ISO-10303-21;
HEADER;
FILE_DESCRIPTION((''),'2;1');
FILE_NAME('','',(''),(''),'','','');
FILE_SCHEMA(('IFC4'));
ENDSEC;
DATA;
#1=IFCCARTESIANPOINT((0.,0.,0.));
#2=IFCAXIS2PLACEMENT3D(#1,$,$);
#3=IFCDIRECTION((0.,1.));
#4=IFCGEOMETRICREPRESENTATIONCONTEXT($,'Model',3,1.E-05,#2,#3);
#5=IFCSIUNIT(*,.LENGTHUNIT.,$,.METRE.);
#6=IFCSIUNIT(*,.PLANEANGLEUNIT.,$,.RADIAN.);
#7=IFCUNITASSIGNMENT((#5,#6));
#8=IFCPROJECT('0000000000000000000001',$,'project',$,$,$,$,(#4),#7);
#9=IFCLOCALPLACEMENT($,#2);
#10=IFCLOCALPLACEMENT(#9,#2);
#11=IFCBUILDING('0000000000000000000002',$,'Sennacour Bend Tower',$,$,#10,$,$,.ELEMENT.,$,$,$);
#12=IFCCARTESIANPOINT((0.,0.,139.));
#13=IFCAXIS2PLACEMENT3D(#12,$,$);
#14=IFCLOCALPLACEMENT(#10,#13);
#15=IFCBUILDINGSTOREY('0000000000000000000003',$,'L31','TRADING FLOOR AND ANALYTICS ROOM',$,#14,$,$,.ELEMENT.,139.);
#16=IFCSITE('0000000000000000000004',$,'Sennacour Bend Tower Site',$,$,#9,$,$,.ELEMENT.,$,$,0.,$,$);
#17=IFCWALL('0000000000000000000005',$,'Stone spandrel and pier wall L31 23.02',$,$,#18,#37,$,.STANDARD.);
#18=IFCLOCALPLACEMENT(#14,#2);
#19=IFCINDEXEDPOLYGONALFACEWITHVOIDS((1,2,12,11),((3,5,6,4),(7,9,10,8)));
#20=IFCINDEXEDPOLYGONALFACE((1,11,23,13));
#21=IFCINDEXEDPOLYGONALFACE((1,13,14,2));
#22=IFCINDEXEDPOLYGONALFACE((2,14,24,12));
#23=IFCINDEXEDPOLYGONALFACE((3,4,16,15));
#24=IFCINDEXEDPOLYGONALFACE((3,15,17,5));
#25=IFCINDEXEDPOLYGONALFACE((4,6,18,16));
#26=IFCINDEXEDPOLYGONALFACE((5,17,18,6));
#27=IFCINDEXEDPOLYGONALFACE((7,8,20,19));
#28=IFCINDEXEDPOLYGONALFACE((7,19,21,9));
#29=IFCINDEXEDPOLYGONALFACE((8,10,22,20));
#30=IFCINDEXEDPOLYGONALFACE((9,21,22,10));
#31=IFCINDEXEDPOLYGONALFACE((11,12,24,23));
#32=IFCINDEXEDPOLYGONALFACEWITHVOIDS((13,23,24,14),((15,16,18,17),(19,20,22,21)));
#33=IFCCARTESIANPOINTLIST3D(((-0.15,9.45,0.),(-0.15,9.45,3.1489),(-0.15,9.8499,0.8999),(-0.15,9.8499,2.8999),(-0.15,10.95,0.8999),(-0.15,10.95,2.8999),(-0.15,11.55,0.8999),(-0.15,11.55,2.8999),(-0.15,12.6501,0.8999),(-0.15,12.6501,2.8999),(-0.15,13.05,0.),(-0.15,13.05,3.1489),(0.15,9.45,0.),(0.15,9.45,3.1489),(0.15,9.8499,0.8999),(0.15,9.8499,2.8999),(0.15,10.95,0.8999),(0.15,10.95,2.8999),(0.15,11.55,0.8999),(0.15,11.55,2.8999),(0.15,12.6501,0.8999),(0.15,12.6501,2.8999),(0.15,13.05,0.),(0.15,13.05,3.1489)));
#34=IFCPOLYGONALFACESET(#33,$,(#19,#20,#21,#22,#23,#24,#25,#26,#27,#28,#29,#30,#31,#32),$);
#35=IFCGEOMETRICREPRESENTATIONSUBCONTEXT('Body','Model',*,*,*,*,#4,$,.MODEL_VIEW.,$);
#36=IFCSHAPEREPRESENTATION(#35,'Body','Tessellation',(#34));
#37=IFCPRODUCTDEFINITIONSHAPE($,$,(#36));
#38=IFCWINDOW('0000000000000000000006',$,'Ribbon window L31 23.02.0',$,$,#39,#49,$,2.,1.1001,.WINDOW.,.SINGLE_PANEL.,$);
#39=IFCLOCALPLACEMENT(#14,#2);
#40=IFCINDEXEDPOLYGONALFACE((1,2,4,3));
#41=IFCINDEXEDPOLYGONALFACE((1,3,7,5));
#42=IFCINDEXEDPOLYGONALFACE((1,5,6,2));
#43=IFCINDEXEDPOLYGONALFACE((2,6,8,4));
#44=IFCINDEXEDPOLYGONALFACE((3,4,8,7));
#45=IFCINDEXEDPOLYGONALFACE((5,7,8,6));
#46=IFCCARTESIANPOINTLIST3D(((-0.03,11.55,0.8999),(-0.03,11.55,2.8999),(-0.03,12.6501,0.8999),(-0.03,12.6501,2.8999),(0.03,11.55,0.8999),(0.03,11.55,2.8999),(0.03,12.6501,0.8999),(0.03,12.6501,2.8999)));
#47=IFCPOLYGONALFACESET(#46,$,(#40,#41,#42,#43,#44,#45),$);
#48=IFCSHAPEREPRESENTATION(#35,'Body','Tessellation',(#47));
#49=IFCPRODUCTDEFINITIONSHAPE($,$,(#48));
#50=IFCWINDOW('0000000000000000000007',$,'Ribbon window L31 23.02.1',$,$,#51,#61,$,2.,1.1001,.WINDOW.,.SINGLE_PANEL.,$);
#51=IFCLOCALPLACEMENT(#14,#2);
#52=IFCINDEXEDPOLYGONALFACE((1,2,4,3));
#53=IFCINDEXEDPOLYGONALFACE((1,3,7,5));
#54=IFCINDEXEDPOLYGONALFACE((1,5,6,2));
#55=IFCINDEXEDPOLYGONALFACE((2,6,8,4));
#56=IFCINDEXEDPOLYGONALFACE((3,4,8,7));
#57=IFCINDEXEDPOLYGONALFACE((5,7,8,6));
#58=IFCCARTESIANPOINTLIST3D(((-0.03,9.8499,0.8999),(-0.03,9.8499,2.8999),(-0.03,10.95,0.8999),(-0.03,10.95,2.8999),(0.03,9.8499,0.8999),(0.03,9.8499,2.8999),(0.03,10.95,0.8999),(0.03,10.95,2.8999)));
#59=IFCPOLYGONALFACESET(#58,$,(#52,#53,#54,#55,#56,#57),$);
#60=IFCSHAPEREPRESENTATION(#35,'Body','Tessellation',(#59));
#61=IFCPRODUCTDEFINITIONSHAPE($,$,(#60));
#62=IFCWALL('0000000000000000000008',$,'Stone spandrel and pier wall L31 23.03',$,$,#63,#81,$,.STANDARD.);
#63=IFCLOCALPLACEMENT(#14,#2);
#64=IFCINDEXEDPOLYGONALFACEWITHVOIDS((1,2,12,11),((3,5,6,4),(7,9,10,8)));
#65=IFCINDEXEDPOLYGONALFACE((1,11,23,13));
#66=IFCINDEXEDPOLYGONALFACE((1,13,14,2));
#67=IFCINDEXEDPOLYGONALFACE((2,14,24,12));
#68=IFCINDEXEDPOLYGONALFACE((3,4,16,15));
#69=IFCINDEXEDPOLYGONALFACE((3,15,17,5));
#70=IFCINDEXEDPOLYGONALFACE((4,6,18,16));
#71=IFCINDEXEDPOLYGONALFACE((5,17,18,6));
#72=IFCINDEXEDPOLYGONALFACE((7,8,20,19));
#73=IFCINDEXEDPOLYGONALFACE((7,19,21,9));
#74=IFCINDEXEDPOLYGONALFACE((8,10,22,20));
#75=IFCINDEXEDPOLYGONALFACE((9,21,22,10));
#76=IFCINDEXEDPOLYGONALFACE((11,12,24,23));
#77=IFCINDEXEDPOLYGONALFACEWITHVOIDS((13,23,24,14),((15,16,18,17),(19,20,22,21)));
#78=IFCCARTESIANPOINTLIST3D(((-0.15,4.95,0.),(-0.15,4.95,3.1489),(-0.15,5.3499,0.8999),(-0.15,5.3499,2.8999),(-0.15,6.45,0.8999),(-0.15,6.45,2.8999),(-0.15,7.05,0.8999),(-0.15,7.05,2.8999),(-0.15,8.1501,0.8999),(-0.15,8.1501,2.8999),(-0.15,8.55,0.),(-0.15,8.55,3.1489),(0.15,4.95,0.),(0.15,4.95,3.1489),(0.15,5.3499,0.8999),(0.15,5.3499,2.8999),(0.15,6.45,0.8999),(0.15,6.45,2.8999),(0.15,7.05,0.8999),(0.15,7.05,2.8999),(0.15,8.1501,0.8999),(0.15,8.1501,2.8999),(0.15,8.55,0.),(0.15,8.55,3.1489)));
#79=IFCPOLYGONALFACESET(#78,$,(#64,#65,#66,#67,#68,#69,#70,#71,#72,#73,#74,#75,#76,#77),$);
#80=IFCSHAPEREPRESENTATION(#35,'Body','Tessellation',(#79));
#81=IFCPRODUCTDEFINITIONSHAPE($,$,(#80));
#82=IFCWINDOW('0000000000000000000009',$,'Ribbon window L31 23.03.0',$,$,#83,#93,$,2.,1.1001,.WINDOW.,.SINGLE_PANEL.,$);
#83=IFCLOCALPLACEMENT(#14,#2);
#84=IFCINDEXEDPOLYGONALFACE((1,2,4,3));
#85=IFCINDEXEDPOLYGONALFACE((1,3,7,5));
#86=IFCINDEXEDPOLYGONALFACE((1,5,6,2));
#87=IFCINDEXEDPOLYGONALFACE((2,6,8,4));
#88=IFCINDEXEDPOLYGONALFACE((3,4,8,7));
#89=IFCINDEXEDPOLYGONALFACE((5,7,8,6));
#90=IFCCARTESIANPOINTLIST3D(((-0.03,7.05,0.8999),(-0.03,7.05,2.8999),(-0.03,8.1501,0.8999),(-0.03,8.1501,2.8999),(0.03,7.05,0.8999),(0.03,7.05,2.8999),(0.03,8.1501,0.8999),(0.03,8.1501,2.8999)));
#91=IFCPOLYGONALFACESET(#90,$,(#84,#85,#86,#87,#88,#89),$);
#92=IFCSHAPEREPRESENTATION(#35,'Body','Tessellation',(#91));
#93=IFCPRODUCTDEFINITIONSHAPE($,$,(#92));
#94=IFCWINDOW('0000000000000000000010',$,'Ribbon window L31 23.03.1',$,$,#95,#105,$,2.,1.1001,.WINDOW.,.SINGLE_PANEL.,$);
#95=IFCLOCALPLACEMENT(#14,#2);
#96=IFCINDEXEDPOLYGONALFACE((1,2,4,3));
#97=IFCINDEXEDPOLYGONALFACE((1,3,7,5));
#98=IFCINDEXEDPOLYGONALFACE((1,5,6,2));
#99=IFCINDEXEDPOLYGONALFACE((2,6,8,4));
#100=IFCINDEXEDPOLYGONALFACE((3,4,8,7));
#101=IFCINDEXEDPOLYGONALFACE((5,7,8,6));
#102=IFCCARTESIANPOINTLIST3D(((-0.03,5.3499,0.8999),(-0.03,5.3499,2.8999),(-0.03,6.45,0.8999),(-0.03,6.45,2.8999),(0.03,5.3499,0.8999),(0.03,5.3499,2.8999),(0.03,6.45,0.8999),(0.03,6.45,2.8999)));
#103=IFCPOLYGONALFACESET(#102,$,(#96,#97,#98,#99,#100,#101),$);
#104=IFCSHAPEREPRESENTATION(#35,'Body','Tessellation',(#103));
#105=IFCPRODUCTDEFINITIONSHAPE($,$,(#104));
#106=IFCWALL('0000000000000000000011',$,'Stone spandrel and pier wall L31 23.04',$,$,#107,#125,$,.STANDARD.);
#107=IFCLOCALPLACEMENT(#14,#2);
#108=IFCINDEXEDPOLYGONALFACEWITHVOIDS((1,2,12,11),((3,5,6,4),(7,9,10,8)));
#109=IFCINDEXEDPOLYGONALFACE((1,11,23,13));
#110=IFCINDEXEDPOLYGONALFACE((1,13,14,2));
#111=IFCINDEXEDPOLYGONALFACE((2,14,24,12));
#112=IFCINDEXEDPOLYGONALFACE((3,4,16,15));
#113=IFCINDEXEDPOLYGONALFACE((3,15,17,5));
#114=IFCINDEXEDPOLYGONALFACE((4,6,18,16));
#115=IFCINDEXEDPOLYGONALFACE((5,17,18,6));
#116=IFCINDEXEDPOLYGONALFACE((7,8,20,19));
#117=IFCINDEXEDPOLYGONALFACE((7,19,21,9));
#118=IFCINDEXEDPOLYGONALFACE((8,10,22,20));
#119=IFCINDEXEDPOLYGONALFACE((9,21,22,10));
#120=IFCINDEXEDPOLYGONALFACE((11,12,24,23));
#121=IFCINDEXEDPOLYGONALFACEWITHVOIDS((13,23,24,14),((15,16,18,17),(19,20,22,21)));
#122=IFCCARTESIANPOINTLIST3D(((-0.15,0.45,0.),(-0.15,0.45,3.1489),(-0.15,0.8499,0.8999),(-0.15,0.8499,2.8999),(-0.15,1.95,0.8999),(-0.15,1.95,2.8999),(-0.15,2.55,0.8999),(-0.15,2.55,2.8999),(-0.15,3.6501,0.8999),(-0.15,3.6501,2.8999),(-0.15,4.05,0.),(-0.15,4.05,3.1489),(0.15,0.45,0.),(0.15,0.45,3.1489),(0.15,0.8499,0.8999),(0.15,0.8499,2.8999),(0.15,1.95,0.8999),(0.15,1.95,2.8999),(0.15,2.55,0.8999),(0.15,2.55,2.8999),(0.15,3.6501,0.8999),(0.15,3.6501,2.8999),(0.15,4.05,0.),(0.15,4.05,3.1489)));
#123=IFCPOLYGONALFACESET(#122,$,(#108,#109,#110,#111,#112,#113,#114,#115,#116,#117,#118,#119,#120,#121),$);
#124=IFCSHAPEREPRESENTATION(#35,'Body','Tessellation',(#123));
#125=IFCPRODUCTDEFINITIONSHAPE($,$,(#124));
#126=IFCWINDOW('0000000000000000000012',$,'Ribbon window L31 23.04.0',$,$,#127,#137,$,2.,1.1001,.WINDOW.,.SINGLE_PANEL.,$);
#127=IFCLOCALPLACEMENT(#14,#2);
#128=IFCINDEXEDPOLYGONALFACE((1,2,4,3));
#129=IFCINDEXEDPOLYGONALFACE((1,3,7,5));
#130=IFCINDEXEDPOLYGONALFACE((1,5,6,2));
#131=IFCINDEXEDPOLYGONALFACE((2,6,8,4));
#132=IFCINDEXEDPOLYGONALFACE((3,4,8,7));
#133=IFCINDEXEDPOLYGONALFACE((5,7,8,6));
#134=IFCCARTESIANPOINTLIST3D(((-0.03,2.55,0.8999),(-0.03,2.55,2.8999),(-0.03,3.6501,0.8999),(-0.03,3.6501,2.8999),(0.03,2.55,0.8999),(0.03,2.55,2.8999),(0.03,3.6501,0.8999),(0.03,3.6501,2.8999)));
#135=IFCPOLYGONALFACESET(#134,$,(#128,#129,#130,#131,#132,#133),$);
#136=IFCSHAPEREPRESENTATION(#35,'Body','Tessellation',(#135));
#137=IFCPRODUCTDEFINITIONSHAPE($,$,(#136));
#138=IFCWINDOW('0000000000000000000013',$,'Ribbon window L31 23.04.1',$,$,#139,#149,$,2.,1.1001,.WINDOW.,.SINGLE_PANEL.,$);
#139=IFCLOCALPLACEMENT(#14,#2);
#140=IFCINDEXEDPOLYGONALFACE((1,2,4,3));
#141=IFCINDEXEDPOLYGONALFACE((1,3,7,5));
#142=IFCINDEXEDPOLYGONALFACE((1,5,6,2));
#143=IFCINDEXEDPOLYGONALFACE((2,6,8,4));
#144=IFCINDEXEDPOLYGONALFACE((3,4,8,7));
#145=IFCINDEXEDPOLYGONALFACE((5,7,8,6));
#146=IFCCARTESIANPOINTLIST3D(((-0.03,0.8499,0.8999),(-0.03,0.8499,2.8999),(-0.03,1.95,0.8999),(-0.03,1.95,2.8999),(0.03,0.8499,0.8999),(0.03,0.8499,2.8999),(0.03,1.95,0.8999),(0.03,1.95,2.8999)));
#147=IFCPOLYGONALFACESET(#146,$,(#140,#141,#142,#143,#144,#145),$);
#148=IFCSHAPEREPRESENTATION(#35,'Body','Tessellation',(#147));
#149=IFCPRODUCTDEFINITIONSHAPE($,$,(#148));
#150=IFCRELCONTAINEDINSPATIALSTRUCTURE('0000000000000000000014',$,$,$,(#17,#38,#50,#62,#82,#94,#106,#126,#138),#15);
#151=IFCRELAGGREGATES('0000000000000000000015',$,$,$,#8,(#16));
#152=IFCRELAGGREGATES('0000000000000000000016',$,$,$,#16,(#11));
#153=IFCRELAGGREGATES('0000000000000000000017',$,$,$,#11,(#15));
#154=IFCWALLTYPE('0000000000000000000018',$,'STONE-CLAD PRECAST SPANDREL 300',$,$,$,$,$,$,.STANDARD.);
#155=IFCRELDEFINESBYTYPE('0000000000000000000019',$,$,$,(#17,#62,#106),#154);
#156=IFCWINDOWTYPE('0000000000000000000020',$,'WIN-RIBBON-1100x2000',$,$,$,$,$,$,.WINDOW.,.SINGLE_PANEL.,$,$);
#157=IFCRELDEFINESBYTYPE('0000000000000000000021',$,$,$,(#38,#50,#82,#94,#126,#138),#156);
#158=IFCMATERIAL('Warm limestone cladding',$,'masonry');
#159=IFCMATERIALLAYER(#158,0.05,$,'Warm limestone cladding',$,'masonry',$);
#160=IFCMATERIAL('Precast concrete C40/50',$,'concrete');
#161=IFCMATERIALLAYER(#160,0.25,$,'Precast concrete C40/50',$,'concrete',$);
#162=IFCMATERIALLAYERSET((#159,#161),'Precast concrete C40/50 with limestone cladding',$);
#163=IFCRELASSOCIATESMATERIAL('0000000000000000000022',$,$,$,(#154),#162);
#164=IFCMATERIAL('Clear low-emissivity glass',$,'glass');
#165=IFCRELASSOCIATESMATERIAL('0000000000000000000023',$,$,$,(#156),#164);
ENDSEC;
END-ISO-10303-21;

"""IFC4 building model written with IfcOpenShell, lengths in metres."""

from ifc_helpers import new_model, si_unit, direction, frame, frame_2d, origin, place, context, subcontext, project, spatial, rectangle, extrude, material, layer, layer_set, type_object, element, fill, save


model = new_model("IFC4")

# Units and contexts
model_context = context("Model", 3, precision=1e-05, world=origin(), true_north=direction((0.0, 1.0)))
body_context = subcontext(model_context, "Body", "Model", "MODEL_VIEW")
ifc_project = project(units=[si_unit("LENGTHUNIT", "METRE"), si_unit("PLANEANGLEUNIT", "RADIAN")], contexts=[model_context])

# Site, building, storey
site_placement = place(None, origin())
site = spatial("IfcSite", under=ifc_project, at=site_placement, Name="Sennacour Bend Tower Site", CompositionType="ELEMENT", RefElevation=0.0)
building_placement = place(site_placement, origin())
building = spatial("IfcBuilding", under=site, at=building_placement, Name="Sennacour Bend Tower", CompositionType="ELEMENT")
storey_placement = place(building_placement, frame((0.0, 0.0, 139.0)))
storey = spatial("IfcBuildingStorey", under=building, at=storey_placement, Name="L31", Description="TRADING FLOOR AND ANALYTICS ROOM", CompositionType="ELEMENT", Elevation=139.0)

# Walls, openings, windows
ifc_material_1 = material(Name="Warm limestone cladding", Category="masonry")
ifc_layer_1 = layer(ifc_material_1, 0.05, Name="Warm limestone cladding", Category="masonry")
ifc_material_2 = material(Name="Precast concrete C40/50", Category="concrete")
ifc_layer_2 = layer(ifc_material_2, 0.25, Name="Precast concrete C40/50", Category="concrete")
ifc_layer_set_1 = layer_set([ifc_layer_1, ifc_layer_2], Name="Precast concrete C40/50 with limestone cladding")
wall_type_1 = type_object("IfcWallType", Name="STONE-CLAD PRECAST SPANDREL 300", PredefinedType="STANDARD", material=ifc_layer_set_1)
wall_1_placement = place(storey_placement, frame((0.0, 13.05, 0.0), z_axis=(0.0, 0.0, 1.0), x_axis=(0.0, -1.0, 0.0)))
wall_1 = element("IfcWall", 1, at=wall_1_placement, inside=storey, type_object=wall_type_1, Name="Stone spandrel and pier wall L31 23.02", PredefinedType="STANDARD", context=body_context, shape_type="SweptSolid", body=[
    extrude(rectangle(XDim=3.6001, YDim=0.3, at=frame_2d((1.8, 0.0))), origin(), (0.0, 0.0, 1.0), 3.1489),
])
opening_1_placement = place(wall_1_placement, frame((0.3999, 0.0, 0.8999)))
opening_1 = element("IfcOpeningElement", 2, at=opening_1_placement, cuts=wall_1, PredefinedType="OPENING", context=body_context, shape_type="SweptSolid", body=[
    extrude(rectangle(XDim=1.1001, YDim=2.0, at=frame_2d((0.55, 1.0))), frame((0.0, 0.1602, 0.0), z_axis=(0.0, -1.0, 0.0), x_axis=(1.0, 0.0, 0.0)), (0.0, 0.0, 1.0), 0.3201),
])
opening_2_placement = place(wall_1_placement, frame((2.1001, 0.0, 0.8999)))
opening_2 = element("IfcOpeningElement", 3, at=opening_2_placement, cuts=wall_1, PredefinedType="OPENING", context=body_context, shape_type="SweptSolid", body=[
    extrude(rectangle(XDim=1.1001, YDim=2.0, at=frame_2d((0.55, 1.0))), frame((0.0, 0.1602, 0.0), z_axis=(0.0, -1.0, 0.0), x_axis=(1.0, 0.0, 0.0)), (0.0, 0.0, 1.0), 0.3201),
])
ifc_material_3 = material(Name="Clear low-emissivity glass", Category="glass")
window_type = type_object("IfcWindowType", Name="WIN-RIBBON-1100x2000", PartitioningType="SINGLE_PANEL", PredefinedType="WINDOW", material=ifc_material_3)
window_1_placement = place(opening_1_placement, origin())
window_1 = element("IfcWindow", 4, at=window_1_placement, inside=storey, type_object=window_type, Name="Ribbon window L31 23.02.0", OverallHeight=2.0, OverallWidth=1.1001, PartitioningType="SINGLE_PANEL", PredefinedType="WINDOW", context=body_context, shape_type="SweptSolid", body=[
    extrude(rectangle(XDim=1.1001, YDim=2.0, at=frame_2d((0.55, 1.0))), frame((0.0, 0.03, 0.0), z_axis=(0.0, -1.0, 0.0), x_axis=(1.0, 0.0, 0.0)), (0.0, 0.0, 1.0), 0.0601),
])
fill(opening_1, window_1)
window_2_placement = place(opening_2_placement, origin())
window_2 = element("IfcWindow", 5, at=window_2_placement, inside=storey, type_object=window_type, Name="Ribbon window L31 23.02.1", OverallHeight=2.0, OverallWidth=1.1001, PartitioningType="SINGLE_PANEL", PredefinedType="WINDOW", context=body_context, shape_type="SweptSolid", body=[
    extrude(rectangle(XDim=1.1001, YDim=2.0, at=frame_2d((0.55, 1.0))), frame((0.0, 0.03, 0.0), z_axis=(0.0, -1.0, 0.0), x_axis=(1.0, 0.0, 0.0)), (0.0, 0.0, 1.0), 0.0601),
])
fill(opening_2, window_2)
wall_2_placement = place(storey_placement, frame((0.0, 8.55, 0.0), z_axis=(0.0, 0.0, 1.0), x_axis=(0.0, -1.0, 0.0)))
wall_2 = element("IfcWall", 6, at=wall_2_placement, inside=storey, type_object=wall_type_1, Name="Stone spandrel and pier wall L31 23.03", PredefinedType="STANDARD", context=body_context, shape_type="SweptSolid", body=[
    extrude(rectangle(XDim=3.6001, YDim=0.3, at=frame_2d((1.8, 0.0))), origin(), (0.0, 0.0, 1.0), 3.1489),
])
opening_3_placement = place(wall_2_placement, frame((0.3999, 0.0, 0.8999)))
opening_3 = element("IfcOpeningElement", 7, at=opening_3_placement, cuts=wall_2, PredefinedType="OPENING", context=body_context, shape_type="SweptSolid", body=[
    extrude(rectangle(XDim=1.1001, YDim=2.0, at=frame_2d((0.55, 1.0))), frame((0.0, 0.1602, 0.0), z_axis=(0.0, -1.0, 0.0), x_axis=(1.0, 0.0, 0.0)), (0.0, 0.0, 1.0), 0.3201),
])
opening_4_placement = place(wall_2_placement, frame((2.1001, 0.0, 0.8999)))
opening_4 = element("IfcOpeningElement", 8, at=opening_4_placement, cuts=wall_2, PredefinedType="OPENING", context=body_context, shape_type="SweptSolid", body=[
    extrude(rectangle(XDim=1.1001, YDim=2.0, at=frame_2d((0.55, 1.0))), frame((0.0, 0.1602, 0.0), z_axis=(0.0, -1.0, 0.0), x_axis=(1.0, 0.0, 0.0)), (0.0, 0.0, 1.0), 0.3201),
])
window_3_placement = place(opening_3_placement, origin())
window_3 = element("IfcWindow", 9, at=window_3_placement, inside=storey, type_object=window_type, Name="Ribbon window L31 23.03.0", OverallHeight=2.0, OverallWidth=1.1001, PartitioningType="SINGLE_PANEL", PredefinedType="WINDOW", context=body_context, shape_type="SweptSolid", body=[
    extrude(rectangle(XDim=1.1001, YDim=2.0, at=frame_2d((0.55, 1.0))), frame((0.0, 0.03, 0.0), z_axis=(0.0, -1.0, 0.0), x_axis=(1.0, 0.0, 0.0)), (0.0, 0.0, 1.0), 0.0601),
])
fill(opening_3, window_3)
window_4_placement = place(opening_4_placement, origin())
window_4 = element("IfcWindow", 10, at=window_4_placement, inside=storey, type_object=window_type, Name="Ribbon window L31 23.03.1", OverallHeight=2.0, OverallWidth=1.1001, PartitioningType="SINGLE_PANEL", PredefinedType="WINDOW", context=body_context, shape_type="SweptSolid", body=[
    extrude(rectangle(XDim=1.1001, YDim=2.0, at=frame_2d((0.55, 1.0))), frame((0.0, 0.03, 0.0), z_axis=(0.0, -1.0, 0.0), x_axis=(1.0, 0.0, 0.0)), (0.0, 0.0, 1.0), 0.0601),
])
fill(opening_4, window_4)
wall_3_placement = place(storey_placement, frame((0.0, 4.05, 0.0), z_axis=(0.0, 0.0, 1.0), x_axis=(0.0, -1.0, 0.0)))
wall_3 = element("IfcWall", 11, at=wall_3_placement, inside=storey, type_object=wall_type_1, Name="Stone spandrel and pier wall L31 23.04", PredefinedType="STANDARD", context=body_context, shape_type="SweptSolid", body=[
    extrude(rectangle(XDim=3.6001, YDim=0.3, at=frame_2d((1.8, 0.0))), origin(), (0.0, 0.0, 1.0), 3.1489),
])
opening_5_placement = place(wall_3_placement, frame((0.3999, 0.0, 0.8999)))
opening_5 = element("IfcOpeningElement", 12, at=opening_5_placement, cuts=wall_3, PredefinedType="OPENING", context=body_context, shape_type="SweptSolid", body=[
    extrude(rectangle(XDim=1.1001, YDim=2.0, at=frame_2d((0.55, 1.0))), frame((0.0, 0.1602, 0.0), z_axis=(0.0, -1.0, 0.0), x_axis=(1.0, 0.0, 0.0)), (0.0, 0.0, 1.0), 0.3201),
])
opening_6_placement = place(wall_3_placement, frame((2.1001, 0.0, 0.8999)))
opening_6 = element("IfcOpeningElement", 13, at=opening_6_placement, cuts=wall_3, PredefinedType="OPENING", context=body_context, shape_type="SweptSolid", body=[
    extrude(rectangle(XDim=1.1001, YDim=2.0, at=frame_2d((0.55, 1.0))), frame((0.0, 0.1602, 0.0), z_axis=(0.0, -1.0, 0.0), x_axis=(1.0, 0.0, 0.0)), (0.0, 0.0, 1.0), 0.3201),
])
window_5_placement = place(opening_5_placement, origin())
window_5 = element("IfcWindow", 14, at=window_5_placement, inside=storey, type_object=window_type, Name="Ribbon window L31 23.04.0", OverallHeight=2.0, OverallWidth=1.1001, PartitioningType="SINGLE_PANEL", PredefinedType="WINDOW", context=body_context, shape_type="SweptSolid", body=[
    extrude(rectangle(XDim=1.1001, YDim=2.0, at=frame_2d((0.55, 1.0))), frame((0.0, 0.03, 0.0), z_axis=(0.0, -1.0, 0.0), x_axis=(1.0, 0.0, 0.0)), (0.0, 0.0, 1.0), 0.0601),
])
fill(opening_5, window_5)
window_6_placement = place(opening_6_placement, origin())
window_6 = element("IfcWindow", 15, at=window_6_placement, inside=storey, type_object=window_type, Name="Ribbon window L31 23.04.1", OverallHeight=2.0, OverallWidth=1.1001, PartitioningType="SINGLE_PANEL", PredefinedType="WINDOW", context=body_context, shape_type="SweptSolid", body=[
    extrude(rectangle(XDim=1.1001, YDim=2.0, at=frame_2d((0.55, 1.0))), frame((0.0, 0.03, 0.0), z_axis=(0.0, -1.0, 0.0), x_axis=(1.0, 0.0, 0.0)), (0.0, 0.0, 1.0), 0.0601),
])
fill(opening_6, window_6)

save(model, "model.ifc")
